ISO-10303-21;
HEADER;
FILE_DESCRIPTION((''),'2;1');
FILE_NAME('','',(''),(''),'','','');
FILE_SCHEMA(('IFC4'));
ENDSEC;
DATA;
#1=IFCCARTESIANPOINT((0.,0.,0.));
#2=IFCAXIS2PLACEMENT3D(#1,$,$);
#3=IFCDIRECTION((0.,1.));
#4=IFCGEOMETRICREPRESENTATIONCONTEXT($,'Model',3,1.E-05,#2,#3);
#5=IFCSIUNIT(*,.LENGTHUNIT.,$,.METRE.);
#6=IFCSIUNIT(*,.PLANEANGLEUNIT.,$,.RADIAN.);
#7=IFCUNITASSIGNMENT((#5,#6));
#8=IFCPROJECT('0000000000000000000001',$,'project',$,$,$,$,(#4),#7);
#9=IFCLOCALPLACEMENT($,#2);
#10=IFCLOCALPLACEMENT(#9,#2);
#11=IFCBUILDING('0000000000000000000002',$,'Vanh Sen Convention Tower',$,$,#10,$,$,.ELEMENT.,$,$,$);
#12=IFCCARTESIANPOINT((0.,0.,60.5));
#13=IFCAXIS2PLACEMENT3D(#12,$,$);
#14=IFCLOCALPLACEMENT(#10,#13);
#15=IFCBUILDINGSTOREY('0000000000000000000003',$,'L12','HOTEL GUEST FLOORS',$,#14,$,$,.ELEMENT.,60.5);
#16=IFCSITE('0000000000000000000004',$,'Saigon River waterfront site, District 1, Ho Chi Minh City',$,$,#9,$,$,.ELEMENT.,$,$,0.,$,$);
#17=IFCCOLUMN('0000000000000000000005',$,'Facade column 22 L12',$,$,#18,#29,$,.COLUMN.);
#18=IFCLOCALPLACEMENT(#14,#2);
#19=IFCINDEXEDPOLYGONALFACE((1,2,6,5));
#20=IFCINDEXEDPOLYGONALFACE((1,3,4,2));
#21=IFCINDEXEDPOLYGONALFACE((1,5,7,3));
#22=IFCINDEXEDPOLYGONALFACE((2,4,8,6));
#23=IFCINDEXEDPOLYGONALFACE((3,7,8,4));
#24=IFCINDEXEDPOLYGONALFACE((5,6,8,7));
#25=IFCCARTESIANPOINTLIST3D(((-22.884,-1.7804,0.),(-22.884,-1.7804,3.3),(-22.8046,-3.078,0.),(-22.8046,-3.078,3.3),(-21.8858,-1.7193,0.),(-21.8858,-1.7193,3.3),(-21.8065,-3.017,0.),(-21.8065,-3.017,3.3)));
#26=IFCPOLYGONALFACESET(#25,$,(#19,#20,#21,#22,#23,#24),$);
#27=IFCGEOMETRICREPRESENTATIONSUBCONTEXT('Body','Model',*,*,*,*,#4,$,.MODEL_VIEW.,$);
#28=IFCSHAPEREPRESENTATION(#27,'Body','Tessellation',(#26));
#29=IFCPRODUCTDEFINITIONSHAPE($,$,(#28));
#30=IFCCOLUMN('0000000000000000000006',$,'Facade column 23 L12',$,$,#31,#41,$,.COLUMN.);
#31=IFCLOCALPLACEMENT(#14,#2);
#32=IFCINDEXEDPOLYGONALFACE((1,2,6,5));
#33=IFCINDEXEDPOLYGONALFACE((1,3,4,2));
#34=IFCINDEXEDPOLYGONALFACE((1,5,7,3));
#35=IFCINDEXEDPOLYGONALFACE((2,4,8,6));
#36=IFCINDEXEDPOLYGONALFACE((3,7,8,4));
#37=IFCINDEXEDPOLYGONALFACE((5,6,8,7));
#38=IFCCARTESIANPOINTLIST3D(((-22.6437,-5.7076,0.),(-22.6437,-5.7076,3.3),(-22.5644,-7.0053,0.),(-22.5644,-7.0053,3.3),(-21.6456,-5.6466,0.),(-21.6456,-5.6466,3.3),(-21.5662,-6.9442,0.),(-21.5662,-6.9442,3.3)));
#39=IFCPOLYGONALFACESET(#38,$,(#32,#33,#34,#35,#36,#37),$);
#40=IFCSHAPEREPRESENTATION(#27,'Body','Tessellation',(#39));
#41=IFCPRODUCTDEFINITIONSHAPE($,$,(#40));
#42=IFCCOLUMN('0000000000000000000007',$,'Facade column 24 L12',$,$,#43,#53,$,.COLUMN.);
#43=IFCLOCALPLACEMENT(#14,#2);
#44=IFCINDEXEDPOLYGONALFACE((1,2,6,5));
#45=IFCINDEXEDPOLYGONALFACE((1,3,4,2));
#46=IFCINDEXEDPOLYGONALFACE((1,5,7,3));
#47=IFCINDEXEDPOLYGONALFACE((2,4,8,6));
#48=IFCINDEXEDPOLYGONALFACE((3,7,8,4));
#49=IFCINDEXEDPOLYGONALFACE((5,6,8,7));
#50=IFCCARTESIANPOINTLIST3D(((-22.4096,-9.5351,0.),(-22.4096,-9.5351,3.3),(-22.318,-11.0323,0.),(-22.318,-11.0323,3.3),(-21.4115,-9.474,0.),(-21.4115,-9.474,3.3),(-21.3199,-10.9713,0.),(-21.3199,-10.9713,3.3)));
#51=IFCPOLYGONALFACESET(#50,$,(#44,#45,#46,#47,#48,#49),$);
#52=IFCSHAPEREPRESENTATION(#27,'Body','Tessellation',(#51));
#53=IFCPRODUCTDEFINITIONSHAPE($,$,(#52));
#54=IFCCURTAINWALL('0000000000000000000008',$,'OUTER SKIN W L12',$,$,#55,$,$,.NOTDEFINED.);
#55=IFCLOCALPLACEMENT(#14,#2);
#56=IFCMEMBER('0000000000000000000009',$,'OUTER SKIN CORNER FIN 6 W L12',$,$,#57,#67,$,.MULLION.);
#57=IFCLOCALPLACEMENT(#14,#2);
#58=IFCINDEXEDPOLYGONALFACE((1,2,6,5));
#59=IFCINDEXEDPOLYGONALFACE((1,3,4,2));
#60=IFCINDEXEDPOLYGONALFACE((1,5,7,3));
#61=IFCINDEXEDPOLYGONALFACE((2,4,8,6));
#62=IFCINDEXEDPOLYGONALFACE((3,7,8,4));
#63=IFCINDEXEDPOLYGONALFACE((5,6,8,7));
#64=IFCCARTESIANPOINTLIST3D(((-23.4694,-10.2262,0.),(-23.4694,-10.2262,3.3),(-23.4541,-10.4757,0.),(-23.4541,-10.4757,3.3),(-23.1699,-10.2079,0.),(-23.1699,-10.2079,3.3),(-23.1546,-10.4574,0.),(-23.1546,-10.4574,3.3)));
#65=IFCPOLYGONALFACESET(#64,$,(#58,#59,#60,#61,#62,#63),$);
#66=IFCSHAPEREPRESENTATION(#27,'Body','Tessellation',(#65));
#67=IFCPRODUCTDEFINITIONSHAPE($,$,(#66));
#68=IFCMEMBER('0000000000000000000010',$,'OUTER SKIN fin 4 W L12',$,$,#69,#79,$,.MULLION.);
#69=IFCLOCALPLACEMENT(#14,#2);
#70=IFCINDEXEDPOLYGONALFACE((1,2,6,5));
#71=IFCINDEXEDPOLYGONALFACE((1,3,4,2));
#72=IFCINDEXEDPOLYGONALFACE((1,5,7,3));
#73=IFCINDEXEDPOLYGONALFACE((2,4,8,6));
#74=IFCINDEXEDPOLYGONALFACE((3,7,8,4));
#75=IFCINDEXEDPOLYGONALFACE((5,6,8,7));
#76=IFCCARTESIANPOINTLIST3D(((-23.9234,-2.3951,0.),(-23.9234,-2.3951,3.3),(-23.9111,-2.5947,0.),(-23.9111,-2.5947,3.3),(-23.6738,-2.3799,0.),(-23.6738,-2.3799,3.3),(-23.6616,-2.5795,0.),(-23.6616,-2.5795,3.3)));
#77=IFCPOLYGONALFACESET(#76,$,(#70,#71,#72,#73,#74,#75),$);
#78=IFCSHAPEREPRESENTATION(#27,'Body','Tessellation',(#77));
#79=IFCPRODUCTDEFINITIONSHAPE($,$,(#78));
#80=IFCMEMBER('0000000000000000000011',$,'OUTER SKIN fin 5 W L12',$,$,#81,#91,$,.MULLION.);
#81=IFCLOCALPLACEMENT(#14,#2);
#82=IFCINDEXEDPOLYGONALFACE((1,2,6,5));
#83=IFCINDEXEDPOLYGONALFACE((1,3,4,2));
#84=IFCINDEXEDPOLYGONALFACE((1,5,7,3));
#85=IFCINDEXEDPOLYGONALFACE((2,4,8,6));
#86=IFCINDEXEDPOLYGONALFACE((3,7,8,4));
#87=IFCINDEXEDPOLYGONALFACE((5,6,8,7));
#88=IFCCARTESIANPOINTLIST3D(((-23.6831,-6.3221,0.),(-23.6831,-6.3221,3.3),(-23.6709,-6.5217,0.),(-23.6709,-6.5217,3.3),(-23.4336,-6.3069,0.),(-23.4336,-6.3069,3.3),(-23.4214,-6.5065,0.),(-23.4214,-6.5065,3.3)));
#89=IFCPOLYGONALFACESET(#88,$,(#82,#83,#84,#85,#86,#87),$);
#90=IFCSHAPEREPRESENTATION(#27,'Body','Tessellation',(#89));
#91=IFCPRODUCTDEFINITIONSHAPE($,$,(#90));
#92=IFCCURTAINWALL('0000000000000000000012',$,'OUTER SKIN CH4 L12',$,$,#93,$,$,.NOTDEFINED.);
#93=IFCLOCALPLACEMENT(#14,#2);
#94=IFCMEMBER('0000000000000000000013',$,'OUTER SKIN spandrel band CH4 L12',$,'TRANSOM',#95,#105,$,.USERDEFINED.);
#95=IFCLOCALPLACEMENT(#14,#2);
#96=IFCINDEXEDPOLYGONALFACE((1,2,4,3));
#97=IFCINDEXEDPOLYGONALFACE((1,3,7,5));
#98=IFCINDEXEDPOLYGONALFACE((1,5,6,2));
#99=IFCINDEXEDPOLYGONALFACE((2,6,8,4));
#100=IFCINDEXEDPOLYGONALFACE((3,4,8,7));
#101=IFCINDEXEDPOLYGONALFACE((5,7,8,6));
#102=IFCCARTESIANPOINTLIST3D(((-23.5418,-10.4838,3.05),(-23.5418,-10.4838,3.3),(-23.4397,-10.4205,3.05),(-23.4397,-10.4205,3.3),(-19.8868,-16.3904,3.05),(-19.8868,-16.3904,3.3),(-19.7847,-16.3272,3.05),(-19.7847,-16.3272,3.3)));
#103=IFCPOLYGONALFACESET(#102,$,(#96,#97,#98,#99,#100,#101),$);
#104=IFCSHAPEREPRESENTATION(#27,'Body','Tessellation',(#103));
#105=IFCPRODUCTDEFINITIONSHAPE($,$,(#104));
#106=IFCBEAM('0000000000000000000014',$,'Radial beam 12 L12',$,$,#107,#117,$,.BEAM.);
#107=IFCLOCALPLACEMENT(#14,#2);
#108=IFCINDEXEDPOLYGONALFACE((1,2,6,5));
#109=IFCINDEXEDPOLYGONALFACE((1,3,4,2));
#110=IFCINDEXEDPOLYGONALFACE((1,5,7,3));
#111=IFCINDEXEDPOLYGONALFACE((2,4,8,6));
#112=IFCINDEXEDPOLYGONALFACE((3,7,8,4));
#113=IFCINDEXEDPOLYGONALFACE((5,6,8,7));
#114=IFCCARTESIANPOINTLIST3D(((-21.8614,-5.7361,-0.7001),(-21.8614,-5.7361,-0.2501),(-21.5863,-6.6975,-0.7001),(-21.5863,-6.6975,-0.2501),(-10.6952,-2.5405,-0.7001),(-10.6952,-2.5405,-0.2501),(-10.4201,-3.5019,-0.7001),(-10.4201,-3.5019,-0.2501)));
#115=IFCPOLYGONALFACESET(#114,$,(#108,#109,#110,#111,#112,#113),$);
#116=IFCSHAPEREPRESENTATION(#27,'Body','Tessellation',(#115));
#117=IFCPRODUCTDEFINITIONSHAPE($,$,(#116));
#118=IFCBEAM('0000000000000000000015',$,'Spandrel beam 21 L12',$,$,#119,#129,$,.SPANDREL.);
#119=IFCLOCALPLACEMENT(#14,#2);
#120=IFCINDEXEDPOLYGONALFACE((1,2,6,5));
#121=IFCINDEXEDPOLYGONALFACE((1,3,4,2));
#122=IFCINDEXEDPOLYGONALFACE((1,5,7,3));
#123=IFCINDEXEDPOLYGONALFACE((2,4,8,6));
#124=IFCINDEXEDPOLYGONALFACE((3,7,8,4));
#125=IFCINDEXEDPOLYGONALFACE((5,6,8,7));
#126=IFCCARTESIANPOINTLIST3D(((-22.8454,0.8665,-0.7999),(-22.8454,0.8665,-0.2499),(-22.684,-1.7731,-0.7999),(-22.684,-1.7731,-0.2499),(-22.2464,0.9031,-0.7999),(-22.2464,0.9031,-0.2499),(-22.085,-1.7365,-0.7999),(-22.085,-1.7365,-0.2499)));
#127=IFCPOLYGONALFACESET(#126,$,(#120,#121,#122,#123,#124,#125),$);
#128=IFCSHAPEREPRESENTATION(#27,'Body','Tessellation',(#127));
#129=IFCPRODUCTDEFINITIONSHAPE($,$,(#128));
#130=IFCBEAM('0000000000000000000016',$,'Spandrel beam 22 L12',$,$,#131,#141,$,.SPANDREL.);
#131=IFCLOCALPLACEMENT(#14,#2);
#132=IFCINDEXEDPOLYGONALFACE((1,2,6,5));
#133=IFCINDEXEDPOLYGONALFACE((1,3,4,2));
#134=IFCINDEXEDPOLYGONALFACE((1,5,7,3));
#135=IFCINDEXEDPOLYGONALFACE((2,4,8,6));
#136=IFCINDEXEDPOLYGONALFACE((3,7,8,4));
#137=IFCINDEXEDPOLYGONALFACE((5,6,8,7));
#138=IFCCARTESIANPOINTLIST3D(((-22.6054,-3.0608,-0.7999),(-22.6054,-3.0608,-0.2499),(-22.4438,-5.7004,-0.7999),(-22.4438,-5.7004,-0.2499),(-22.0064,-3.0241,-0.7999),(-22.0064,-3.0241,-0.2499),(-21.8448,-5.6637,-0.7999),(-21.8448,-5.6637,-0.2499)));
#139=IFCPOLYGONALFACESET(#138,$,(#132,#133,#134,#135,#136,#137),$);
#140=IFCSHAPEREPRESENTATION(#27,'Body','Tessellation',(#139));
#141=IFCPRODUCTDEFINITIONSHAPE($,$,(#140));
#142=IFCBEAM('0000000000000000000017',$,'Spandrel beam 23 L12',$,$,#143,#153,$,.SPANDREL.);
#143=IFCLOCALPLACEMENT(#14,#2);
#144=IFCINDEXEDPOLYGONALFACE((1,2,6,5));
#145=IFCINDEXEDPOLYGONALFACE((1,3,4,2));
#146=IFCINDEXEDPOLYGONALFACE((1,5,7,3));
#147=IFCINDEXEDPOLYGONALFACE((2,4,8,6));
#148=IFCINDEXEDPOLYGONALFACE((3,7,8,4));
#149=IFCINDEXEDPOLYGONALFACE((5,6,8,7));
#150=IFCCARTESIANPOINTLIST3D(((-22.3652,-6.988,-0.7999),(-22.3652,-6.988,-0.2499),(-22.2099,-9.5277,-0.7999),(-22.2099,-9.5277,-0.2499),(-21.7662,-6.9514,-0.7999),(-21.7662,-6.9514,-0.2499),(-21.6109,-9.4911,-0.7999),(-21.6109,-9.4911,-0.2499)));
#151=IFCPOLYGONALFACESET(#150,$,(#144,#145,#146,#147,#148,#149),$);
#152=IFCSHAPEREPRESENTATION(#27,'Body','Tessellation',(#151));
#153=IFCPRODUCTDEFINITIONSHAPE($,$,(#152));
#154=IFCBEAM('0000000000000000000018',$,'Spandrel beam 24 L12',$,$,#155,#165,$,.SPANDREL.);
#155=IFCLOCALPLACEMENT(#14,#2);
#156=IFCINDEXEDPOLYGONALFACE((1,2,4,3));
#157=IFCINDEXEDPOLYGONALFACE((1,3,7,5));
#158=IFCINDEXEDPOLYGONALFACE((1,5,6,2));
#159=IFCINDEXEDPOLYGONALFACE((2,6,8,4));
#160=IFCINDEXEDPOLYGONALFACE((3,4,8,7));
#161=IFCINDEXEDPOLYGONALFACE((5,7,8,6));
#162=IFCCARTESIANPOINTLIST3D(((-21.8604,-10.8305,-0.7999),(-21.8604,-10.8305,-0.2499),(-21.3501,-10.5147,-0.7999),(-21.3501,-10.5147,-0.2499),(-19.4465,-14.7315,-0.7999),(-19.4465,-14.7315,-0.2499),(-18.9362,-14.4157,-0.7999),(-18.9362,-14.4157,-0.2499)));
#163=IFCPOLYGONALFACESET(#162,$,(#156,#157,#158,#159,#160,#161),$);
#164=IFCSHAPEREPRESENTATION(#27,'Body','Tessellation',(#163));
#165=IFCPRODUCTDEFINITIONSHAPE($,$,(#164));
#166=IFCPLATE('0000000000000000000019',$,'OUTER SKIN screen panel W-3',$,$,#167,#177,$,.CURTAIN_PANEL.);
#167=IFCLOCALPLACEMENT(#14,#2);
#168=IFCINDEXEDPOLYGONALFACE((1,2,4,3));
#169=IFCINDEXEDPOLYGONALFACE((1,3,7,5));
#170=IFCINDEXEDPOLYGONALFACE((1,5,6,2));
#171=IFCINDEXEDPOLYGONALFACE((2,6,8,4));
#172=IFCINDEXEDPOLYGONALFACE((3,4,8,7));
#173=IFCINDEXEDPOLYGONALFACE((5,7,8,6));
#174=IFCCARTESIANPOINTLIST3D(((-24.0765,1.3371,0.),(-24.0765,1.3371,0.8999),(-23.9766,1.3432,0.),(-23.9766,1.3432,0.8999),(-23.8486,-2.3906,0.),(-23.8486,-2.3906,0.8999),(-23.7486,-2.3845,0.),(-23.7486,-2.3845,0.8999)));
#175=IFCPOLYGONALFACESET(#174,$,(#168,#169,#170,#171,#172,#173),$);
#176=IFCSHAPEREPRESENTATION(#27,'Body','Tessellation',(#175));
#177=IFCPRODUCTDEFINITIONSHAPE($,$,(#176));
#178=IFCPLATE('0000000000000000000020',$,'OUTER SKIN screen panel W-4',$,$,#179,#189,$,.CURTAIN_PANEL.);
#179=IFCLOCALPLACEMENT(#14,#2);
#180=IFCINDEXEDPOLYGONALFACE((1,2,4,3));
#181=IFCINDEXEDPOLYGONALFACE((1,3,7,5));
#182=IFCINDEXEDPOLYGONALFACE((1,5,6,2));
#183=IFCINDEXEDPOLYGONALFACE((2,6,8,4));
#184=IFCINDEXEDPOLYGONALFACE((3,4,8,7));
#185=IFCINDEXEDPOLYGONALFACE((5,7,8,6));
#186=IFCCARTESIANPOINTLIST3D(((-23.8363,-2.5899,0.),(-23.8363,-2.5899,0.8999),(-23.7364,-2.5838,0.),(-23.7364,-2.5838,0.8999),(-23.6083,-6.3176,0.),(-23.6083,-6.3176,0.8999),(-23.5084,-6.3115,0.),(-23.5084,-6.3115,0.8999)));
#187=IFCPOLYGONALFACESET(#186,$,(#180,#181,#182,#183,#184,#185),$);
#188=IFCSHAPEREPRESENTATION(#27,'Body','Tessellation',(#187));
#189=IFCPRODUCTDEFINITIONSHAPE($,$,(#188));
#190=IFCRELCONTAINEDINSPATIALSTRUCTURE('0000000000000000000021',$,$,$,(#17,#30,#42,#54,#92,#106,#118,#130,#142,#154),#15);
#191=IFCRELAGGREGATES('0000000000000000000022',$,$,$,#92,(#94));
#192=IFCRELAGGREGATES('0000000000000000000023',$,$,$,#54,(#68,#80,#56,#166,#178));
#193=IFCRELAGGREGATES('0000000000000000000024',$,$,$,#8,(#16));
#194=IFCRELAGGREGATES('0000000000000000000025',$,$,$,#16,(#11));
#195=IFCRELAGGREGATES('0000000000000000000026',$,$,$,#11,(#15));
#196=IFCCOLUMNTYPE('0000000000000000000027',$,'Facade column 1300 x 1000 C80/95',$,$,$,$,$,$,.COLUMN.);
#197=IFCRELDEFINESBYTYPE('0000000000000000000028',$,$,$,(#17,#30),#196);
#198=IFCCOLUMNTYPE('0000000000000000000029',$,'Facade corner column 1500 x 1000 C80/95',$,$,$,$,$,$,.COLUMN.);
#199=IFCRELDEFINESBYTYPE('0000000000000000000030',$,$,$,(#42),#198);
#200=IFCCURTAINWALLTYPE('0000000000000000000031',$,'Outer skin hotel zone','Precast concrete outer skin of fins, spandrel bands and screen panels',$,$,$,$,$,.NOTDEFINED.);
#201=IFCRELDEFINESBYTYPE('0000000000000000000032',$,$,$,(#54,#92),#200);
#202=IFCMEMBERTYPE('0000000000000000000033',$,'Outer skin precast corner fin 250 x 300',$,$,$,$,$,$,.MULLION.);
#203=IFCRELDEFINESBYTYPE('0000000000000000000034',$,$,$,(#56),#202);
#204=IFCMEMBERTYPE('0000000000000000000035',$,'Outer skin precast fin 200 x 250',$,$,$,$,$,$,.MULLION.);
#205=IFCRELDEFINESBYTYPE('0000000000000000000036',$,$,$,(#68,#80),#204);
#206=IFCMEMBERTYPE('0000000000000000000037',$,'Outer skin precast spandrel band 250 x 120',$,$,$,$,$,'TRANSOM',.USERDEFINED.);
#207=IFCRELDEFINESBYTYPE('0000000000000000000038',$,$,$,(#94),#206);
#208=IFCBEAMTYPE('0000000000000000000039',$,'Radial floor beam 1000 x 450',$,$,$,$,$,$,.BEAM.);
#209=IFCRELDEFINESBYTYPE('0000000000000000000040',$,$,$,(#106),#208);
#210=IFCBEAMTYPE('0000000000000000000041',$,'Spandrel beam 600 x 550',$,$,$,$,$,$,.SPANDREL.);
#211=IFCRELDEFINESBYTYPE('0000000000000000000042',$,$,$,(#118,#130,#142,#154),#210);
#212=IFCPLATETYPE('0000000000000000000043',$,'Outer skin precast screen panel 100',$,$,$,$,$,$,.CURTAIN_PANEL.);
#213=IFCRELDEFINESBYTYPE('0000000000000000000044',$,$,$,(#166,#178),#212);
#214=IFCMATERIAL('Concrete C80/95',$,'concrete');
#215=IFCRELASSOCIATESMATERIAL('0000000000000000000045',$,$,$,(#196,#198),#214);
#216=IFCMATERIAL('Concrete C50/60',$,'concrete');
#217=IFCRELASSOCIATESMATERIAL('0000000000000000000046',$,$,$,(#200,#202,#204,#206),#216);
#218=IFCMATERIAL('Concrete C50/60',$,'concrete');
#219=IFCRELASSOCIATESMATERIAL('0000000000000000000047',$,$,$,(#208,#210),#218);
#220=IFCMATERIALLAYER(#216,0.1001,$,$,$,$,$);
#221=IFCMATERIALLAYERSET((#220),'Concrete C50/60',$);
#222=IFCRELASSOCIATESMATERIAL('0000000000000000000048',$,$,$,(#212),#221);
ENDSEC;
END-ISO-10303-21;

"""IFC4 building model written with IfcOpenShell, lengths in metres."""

from ifc_helpers import new_model, si_unit, direction, frame, origin, origin_2d, place, context, subcontext, project, spatial, rectangle, extrude, material, layer, layer_set, material_profile, profile_set, type_object, element, aggregate, save


model = new_model("IFC4")

# Units and contexts
model_context = context("Model", 3, precision=1e-05, world=origin(), true_north=direction((0.0, 1.0)))
body_context = subcontext(model_context, "Body", "Model", "MODEL_VIEW")
ifc_project = project(units=[si_unit("LENGTHUNIT", "METRE"), si_unit("PLANEANGLEUNIT", "RADIAN")], contexts=[model_context])

# Site, building, storey
site_placement = place(None, origin())
site = spatial("IfcSite", under=ifc_project, at=site_placement, Name="Saigon River waterfront site, District 1, Ho Chi Minh City", CompositionType="ELEMENT", RefElevation=0.0)
building_placement = place(site_placement, origin())
building = spatial("IfcBuilding", under=site, at=building_placement, Name="Vanh Sen Convention Tower", CompositionType="ELEMENT")
storey_placement = place(building_placement, frame((0.0, 0.0, 60.5)))
storey = spatial("IfcBuildingStorey", under=building, at=storey_placement, Name="L12", Description="HOTEL GUEST FLOORS", CompositionType="ELEMENT", Elevation=60.5)

# Columns
ifc_material_1 = material(Name="Concrete C80/95", Category="concrete")
ifc_material_profile_1 = material_profile(ifc_material_1, rectangle(XDim=1.3, YDim=1.0, at=origin_2d()), Name="RC 1300X1000")
ifc_profile_set_1 = profile_set([ifc_material_profile_1], Name="Concrete C80/95")
column_type_1 = type_object("IfcColumnType", Name="Facade column 1300 x 1000 C80/95", PredefinedType="COLUMN", material=ifc_profile_set_1)
for number, where, z_axis, x_axis, name in (
    (1, (-22.3452, -2.3987, 0.0), (0.0, 0.0, 1.0), (0.061049, -0.998135, 0.0), "Facade column 22 L12"),
    (2, (-22.105, -6.3259, 0.0), (0.0, 0.0, 1.0), (0.061049, -0.998135, 0.0), "Facade column 23 L12"),
):
    element("IfcColumn", number, at=place(storey_placement, frame(where, z_axis=z_axis, x_axis=x_axis)), inside=storey, type_object=column_type_1, Name=name, PredefinedType="COLUMN", context=body_context, shape_type="SweptSolid", body=[
        extrude(rectangle(XDim=1.3, YDim=1.0, at=origin_2d()), origin(), (0.0, 0.0, 1.0), 3.3),
    ])
ifc_material_profile_2 = material_profile(ifc_material_1, rectangle(XDim=1.5, YDim=1.0, at=origin_2d()), Name="RC 1500X1000")
ifc_profile_set_2 = profile_set([ifc_material_profile_2], Name="Concrete C80/95")
column_type_2 = type_object("IfcColumnType", Name="Facade corner column 1500 x 1000 C80/95", PredefinedType="COLUMN", material=ifc_profile_set_2)
column_placement = place(storey_placement, frame((-21.8647, -10.2532, 0.0), z_axis=(0.0, 0.0, 1.0), x_axis=(0.061049, -0.998135, 0.0)))
element("IfcColumn", 3, at=column_placement, inside=storey, type_object=column_type_2, Name="Facade column 24 L12", PredefinedType="COLUMN", context=body_context, shape_type="SweptSolid", body=[
    extrude(rectangle(XDim=1.5, YDim=1.0, at=origin_2d()), origin(), (0.0, 0.0, 1.0), 3.3),
])

# Curtain wall, members
ifc_material_2 = material(Name="Concrete C50/60", Category="concrete")
curtain_wall_type = type_object("IfcCurtainWallType", Name="Outer skin hotel zone", Description="Precast concrete outer skin of fins, spandrel bands and screen panels", PredefinedType="NOTDEFINED", material=ifc_material_2)
curtain_wall_1_placement = place(storey_placement, origin())
curtain_wall_1 = element("IfcCurtainWall", 4, at=curtain_wall_1_placement, inside=storey, type_object=curtain_wall_type, Name="OUTER SKIN W L12", PredefinedType="NOTDEFINED")
ifc_material_profile_3 = material_profile(ifc_material_2, rectangle(XDim=0.25, YDim=0.3, at=origin_2d()), Name="Outer skin precast corner fin 250 x 300")
ifc_profile_set_3 = profile_set([ifc_material_profile_3], Name="Concrete C50/60")
member_type_1 = type_object("IfcMemberType", Name="Outer skin precast corner fin 250 x 300", PredefinedType="MULLION", material=ifc_profile_set_3)
member_1_placement = place(storey_placement, frame((-23.312, -10.3418, 0.0), z_axis=(0.0, 0.0, 1.0), x_axis=(0.061049, -0.998135, 0.0)))
member_1 = element("IfcMember", 5, at=member_1_placement, type_object=member_type_1, Name="OUTER SKIN CORNER FIN 6 W L12", PredefinedType="MULLION", context=body_context, shape_type="SweptSolid", body=[
    extrude(rectangle(XDim=0.25, YDim=0.3, at=origin_2d()), origin(), (0.0, 0.0, 1.0), 3.3),
])
ifc_material_profile_4 = material_profile(ifc_material_2, rectangle(XDim=0.2, YDim=0.25, at=origin_2d()), Name="Outer skin precast fin 200 x 250")
ifc_profile_set_4 = profile_set([ifc_material_profile_4], Name="Concrete C50/60")
member_type_2 = type_object("IfcMemberType", Name="Outer skin precast fin 200 x 250", PredefinedType="MULLION", material=ifc_profile_set_4)
member_2_placement = place(storey_placement, frame((-23.7925, -2.4873, 0.0), z_axis=(0.0, 0.0, 1.0), x_axis=(0.061049, -0.998135, 0.0)))
member_2 = element("IfcMember", 6, at=member_2_placement, type_object=member_type_2, Name="OUTER SKIN fin 4 W L12", PredefinedType="MULLION", context=body_context, shape_type="SweptSolid", body=[
    extrude(rectangle(XDim=0.2, YDim=0.25, at=origin_2d()), origin(), (0.0, 0.0, 1.0), 3.3),
])
member_3_placement = place(storey_placement, frame((-23.5522, -6.4143, 0.0), z_axis=(0.0, 0.0, 1.0), x_axis=(0.061049, -0.998135, 0.0)))
member_3 = element("IfcMember", 7, at=member_3_placement, type_object=member_type_2, Name="OUTER SKIN fin 5 W L12", PredefinedType="MULLION", context=body_context, shape_type="SweptSolid", body=[
    extrude(rectangle(XDim=0.2, YDim=0.25, at=origin_2d()), origin(), (0.0, 0.0, 1.0), 3.3),
])

# Curtain wall, member
curtain_wall_2_placement = place(storey_placement, origin())
curtain_wall_2 = element("IfcCurtainWall", 8, at=curtain_wall_2_placement, inside=storey, type_object=curtain_wall_type, Name="OUTER SKIN CH4 L12", PredefinedType="NOTDEFINED")
ifc_material_profile_5 = material_profile(ifc_material_2, rectangle(XDim=0.1201, YDim=0.25, at=origin_2d()), Name="Outer skin precast spandrel band 250 x 120")
ifc_profile_set_5 = profile_set([ifc_material_profile_5], Name="Concrete C50/60")
member_type_3 = type_object("IfcMemberType", Name="Outer skin precast spandrel band 250 x 120", ElementType="TRANSOM", PredefinedType="USERDEFINED", material=ifc_profile_set_5)
member_4_placement = place(storey_placement, frame((-23.4907, -10.4521, 3.175), z_axis=(0.526196, -0.850363, 0.0), x_axis=(0.850363, 0.526196, 0.0)))
member_4 = element("IfcMember", 9, at=member_4_placement, type_object=member_type_3, Name="OUTER SKIN spandrel band CH4 L12", ObjectType="TRANSOM", PredefinedType="USERDEFINED", context=body_context, shape_type="SweptSolid", body=[
    extrude(rectangle(XDim=0.1201, YDim=0.25, at=origin_2d()), origin(), (0.0, 0.0, 1.0), 6.946),
])
aggregate(curtain_wall_2, [member_4])

# Beams
ifc_material_3 = material(Name="Concrete C50/60", Category="concrete")
ifc_material_profile_6 = material_profile(ifc_material_3, rectangle(XDim=1.0, YDim=0.45, at=origin_2d()), Name="RC 1000X450")
ifc_profile_set_6 = profile_set([ifc_material_profile_6], Name="Concrete C50/60")
beam_type_1 = type_object("IfcBeamType", Name="Radial floor beam 1000 x 450", PredefinedType="BEAM", material=ifc_profile_set_6)
beam_1_placement = place(storey_placement, frame((-21.7239, -6.2168, -0.4751), z_axis=(0.961406, 0.275135, 0.0), x_axis=(-0.275135, 0.961406, 0.0)))
element("IfcBeam", 10, at=beam_1_placement, inside=storey, type_object=beam_type_1, Name="Radial beam 12 L12", PredefinedType="BEAM", context=body_context, shape_type="SweptSolid", body=[
    extrude(rectangle(XDim=1.0, YDim=0.45, at=origin_2d()), origin(), (0.0, 0.0, 1.0), 11.6145),
])
ifc_material_profile_7 = material_profile(ifc_material_3, rectangle(XDim=0.6001, YDim=0.55, at=origin_2d()), Name="RC 600X550")
ifc_profile_set_7 = profile_set([ifc_material_profile_7], Name="Concrete C50/60")
beam_type_2 = type_object("IfcBeamType", Name="Spandrel beam 600 x 550", PredefinedType="SPANDREL", material=ifc_profile_set_7)
for number, where, z_axis, x_axis, name in (
    (11, (-22.5459, 0.8848, -0.5249), (0.061022, -0.998136, 0.0), (0.998136, 0.061022, 0.0), "Spandrel beam 21 L12"),
    (12, (-22.3059, -3.0425, -0.5249), (0.061114, -0.998131, 0.0), (0.998131, 0.061114, 0.0), "Spandrel beam 22 L12"),
):
    element("IfcBeam", number, at=place(storey_placement, frame(where, z_axis=z_axis, x_axis=x_axis)), inside=storey, type_object=beam_type_2, Name=name, PredefinedType="SPANDREL", context=body_context, shape_type="SweptSolid", body=[
        extrude(rectangle(XDim=0.6001, YDim=0.55, at=origin_2d()), origin(), (0.0, 0.0, 1.0), 2.6445),
    ])
beam_2_placement = place(storey_placement, frame((-22.0657, -6.9697, -0.5249), z_axis=(0.061022, -0.998136, 0.0), x_axis=(0.998136, 0.061022, 0.0)))
element("IfcBeam", 13, at=beam_2_placement, inside=storey, type_object=beam_type_2, Name="Spandrel beam 23 L12", PredefinedType="SPANDREL", context=body_context, shape_type="SweptSolid", body=[
    extrude(rectangle(XDim=0.6001, YDim=0.55, at=origin_2d()), origin(), (0.0, 0.0, 1.0), 2.5444),
])
beam_3_placement = place(storey_placement, frame((-21.6052, -10.6726, -0.5249), z_axis=(0.526195, -0.850364, 0.0), x_axis=(0.850364, 0.526195, 0.0)))
element("IfcBeam", 14, at=beam_3_placement, inside=storey, type_object=beam_type_2, Name="Spandrel beam 24 L12", PredefinedType="SPANDREL", context=body_context, shape_type="SweptSolid", body=[
    extrude(rectangle(XDim=0.6001, YDim=0.55, at=origin_2d()), origin(), (0.0, 0.0, 1.0), 4.5874),
])

# Plates
ifc_layer_1 = layer(ifc_material_2, 0.1001)
ifc_layer_set_1 = layer_set([ifc_layer_1], Name="Concrete C50/60")
plate_type = type_object("IfcPlateType", Name="Outer skin precast screen panel 100", PredefinedType="CURTAIN_PANEL", material=ifc_layer_set_1)
plate_1_placement = place(storey_placement, frame((-23.9126, -0.5237, 0.0), z_axis=(0.0, 0.0, 1.0), x_axis=(0.061047, -0.998135, 0.0)))
plate_1 = element("IfcPlate", 15, at=plate_1_placement, type_object=plate_type, Name="OUTER SKIN screen panel W-3", PredefinedType="CURTAIN_PANEL", context=body_context, shape_type="SweptSolid", body=[
    extrude(rectangle(XDim=3.7346, YDim=0.1001, at=origin_2d()), origin(), (0.0, 0.0, 1.0), 0.8999),
])
plate_2_placement = place(storey_placement, frame((-23.6724, -4.4507, 0.0), z_axis=(0.0, 0.0, 1.0), x_axis=(0.061049, -0.998135, 0.0)))
plate_2 = element("IfcPlate", 16, at=plate_2_placement, type_object=plate_type, Name="OUTER SKIN screen panel W-4", PredefinedType="CURTAIN_PANEL", context=body_context, shape_type="SweptSolid", body=[
    extrude(rectangle(XDim=3.7346, YDim=0.1001, at=origin_2d()), origin(), (0.0, 0.0, 1.0), 0.8999),
])
aggregate(curtain_wall_1, [member_2, member_3, member_1, plate_1, plate_2])

save(model, "model.ifc")
